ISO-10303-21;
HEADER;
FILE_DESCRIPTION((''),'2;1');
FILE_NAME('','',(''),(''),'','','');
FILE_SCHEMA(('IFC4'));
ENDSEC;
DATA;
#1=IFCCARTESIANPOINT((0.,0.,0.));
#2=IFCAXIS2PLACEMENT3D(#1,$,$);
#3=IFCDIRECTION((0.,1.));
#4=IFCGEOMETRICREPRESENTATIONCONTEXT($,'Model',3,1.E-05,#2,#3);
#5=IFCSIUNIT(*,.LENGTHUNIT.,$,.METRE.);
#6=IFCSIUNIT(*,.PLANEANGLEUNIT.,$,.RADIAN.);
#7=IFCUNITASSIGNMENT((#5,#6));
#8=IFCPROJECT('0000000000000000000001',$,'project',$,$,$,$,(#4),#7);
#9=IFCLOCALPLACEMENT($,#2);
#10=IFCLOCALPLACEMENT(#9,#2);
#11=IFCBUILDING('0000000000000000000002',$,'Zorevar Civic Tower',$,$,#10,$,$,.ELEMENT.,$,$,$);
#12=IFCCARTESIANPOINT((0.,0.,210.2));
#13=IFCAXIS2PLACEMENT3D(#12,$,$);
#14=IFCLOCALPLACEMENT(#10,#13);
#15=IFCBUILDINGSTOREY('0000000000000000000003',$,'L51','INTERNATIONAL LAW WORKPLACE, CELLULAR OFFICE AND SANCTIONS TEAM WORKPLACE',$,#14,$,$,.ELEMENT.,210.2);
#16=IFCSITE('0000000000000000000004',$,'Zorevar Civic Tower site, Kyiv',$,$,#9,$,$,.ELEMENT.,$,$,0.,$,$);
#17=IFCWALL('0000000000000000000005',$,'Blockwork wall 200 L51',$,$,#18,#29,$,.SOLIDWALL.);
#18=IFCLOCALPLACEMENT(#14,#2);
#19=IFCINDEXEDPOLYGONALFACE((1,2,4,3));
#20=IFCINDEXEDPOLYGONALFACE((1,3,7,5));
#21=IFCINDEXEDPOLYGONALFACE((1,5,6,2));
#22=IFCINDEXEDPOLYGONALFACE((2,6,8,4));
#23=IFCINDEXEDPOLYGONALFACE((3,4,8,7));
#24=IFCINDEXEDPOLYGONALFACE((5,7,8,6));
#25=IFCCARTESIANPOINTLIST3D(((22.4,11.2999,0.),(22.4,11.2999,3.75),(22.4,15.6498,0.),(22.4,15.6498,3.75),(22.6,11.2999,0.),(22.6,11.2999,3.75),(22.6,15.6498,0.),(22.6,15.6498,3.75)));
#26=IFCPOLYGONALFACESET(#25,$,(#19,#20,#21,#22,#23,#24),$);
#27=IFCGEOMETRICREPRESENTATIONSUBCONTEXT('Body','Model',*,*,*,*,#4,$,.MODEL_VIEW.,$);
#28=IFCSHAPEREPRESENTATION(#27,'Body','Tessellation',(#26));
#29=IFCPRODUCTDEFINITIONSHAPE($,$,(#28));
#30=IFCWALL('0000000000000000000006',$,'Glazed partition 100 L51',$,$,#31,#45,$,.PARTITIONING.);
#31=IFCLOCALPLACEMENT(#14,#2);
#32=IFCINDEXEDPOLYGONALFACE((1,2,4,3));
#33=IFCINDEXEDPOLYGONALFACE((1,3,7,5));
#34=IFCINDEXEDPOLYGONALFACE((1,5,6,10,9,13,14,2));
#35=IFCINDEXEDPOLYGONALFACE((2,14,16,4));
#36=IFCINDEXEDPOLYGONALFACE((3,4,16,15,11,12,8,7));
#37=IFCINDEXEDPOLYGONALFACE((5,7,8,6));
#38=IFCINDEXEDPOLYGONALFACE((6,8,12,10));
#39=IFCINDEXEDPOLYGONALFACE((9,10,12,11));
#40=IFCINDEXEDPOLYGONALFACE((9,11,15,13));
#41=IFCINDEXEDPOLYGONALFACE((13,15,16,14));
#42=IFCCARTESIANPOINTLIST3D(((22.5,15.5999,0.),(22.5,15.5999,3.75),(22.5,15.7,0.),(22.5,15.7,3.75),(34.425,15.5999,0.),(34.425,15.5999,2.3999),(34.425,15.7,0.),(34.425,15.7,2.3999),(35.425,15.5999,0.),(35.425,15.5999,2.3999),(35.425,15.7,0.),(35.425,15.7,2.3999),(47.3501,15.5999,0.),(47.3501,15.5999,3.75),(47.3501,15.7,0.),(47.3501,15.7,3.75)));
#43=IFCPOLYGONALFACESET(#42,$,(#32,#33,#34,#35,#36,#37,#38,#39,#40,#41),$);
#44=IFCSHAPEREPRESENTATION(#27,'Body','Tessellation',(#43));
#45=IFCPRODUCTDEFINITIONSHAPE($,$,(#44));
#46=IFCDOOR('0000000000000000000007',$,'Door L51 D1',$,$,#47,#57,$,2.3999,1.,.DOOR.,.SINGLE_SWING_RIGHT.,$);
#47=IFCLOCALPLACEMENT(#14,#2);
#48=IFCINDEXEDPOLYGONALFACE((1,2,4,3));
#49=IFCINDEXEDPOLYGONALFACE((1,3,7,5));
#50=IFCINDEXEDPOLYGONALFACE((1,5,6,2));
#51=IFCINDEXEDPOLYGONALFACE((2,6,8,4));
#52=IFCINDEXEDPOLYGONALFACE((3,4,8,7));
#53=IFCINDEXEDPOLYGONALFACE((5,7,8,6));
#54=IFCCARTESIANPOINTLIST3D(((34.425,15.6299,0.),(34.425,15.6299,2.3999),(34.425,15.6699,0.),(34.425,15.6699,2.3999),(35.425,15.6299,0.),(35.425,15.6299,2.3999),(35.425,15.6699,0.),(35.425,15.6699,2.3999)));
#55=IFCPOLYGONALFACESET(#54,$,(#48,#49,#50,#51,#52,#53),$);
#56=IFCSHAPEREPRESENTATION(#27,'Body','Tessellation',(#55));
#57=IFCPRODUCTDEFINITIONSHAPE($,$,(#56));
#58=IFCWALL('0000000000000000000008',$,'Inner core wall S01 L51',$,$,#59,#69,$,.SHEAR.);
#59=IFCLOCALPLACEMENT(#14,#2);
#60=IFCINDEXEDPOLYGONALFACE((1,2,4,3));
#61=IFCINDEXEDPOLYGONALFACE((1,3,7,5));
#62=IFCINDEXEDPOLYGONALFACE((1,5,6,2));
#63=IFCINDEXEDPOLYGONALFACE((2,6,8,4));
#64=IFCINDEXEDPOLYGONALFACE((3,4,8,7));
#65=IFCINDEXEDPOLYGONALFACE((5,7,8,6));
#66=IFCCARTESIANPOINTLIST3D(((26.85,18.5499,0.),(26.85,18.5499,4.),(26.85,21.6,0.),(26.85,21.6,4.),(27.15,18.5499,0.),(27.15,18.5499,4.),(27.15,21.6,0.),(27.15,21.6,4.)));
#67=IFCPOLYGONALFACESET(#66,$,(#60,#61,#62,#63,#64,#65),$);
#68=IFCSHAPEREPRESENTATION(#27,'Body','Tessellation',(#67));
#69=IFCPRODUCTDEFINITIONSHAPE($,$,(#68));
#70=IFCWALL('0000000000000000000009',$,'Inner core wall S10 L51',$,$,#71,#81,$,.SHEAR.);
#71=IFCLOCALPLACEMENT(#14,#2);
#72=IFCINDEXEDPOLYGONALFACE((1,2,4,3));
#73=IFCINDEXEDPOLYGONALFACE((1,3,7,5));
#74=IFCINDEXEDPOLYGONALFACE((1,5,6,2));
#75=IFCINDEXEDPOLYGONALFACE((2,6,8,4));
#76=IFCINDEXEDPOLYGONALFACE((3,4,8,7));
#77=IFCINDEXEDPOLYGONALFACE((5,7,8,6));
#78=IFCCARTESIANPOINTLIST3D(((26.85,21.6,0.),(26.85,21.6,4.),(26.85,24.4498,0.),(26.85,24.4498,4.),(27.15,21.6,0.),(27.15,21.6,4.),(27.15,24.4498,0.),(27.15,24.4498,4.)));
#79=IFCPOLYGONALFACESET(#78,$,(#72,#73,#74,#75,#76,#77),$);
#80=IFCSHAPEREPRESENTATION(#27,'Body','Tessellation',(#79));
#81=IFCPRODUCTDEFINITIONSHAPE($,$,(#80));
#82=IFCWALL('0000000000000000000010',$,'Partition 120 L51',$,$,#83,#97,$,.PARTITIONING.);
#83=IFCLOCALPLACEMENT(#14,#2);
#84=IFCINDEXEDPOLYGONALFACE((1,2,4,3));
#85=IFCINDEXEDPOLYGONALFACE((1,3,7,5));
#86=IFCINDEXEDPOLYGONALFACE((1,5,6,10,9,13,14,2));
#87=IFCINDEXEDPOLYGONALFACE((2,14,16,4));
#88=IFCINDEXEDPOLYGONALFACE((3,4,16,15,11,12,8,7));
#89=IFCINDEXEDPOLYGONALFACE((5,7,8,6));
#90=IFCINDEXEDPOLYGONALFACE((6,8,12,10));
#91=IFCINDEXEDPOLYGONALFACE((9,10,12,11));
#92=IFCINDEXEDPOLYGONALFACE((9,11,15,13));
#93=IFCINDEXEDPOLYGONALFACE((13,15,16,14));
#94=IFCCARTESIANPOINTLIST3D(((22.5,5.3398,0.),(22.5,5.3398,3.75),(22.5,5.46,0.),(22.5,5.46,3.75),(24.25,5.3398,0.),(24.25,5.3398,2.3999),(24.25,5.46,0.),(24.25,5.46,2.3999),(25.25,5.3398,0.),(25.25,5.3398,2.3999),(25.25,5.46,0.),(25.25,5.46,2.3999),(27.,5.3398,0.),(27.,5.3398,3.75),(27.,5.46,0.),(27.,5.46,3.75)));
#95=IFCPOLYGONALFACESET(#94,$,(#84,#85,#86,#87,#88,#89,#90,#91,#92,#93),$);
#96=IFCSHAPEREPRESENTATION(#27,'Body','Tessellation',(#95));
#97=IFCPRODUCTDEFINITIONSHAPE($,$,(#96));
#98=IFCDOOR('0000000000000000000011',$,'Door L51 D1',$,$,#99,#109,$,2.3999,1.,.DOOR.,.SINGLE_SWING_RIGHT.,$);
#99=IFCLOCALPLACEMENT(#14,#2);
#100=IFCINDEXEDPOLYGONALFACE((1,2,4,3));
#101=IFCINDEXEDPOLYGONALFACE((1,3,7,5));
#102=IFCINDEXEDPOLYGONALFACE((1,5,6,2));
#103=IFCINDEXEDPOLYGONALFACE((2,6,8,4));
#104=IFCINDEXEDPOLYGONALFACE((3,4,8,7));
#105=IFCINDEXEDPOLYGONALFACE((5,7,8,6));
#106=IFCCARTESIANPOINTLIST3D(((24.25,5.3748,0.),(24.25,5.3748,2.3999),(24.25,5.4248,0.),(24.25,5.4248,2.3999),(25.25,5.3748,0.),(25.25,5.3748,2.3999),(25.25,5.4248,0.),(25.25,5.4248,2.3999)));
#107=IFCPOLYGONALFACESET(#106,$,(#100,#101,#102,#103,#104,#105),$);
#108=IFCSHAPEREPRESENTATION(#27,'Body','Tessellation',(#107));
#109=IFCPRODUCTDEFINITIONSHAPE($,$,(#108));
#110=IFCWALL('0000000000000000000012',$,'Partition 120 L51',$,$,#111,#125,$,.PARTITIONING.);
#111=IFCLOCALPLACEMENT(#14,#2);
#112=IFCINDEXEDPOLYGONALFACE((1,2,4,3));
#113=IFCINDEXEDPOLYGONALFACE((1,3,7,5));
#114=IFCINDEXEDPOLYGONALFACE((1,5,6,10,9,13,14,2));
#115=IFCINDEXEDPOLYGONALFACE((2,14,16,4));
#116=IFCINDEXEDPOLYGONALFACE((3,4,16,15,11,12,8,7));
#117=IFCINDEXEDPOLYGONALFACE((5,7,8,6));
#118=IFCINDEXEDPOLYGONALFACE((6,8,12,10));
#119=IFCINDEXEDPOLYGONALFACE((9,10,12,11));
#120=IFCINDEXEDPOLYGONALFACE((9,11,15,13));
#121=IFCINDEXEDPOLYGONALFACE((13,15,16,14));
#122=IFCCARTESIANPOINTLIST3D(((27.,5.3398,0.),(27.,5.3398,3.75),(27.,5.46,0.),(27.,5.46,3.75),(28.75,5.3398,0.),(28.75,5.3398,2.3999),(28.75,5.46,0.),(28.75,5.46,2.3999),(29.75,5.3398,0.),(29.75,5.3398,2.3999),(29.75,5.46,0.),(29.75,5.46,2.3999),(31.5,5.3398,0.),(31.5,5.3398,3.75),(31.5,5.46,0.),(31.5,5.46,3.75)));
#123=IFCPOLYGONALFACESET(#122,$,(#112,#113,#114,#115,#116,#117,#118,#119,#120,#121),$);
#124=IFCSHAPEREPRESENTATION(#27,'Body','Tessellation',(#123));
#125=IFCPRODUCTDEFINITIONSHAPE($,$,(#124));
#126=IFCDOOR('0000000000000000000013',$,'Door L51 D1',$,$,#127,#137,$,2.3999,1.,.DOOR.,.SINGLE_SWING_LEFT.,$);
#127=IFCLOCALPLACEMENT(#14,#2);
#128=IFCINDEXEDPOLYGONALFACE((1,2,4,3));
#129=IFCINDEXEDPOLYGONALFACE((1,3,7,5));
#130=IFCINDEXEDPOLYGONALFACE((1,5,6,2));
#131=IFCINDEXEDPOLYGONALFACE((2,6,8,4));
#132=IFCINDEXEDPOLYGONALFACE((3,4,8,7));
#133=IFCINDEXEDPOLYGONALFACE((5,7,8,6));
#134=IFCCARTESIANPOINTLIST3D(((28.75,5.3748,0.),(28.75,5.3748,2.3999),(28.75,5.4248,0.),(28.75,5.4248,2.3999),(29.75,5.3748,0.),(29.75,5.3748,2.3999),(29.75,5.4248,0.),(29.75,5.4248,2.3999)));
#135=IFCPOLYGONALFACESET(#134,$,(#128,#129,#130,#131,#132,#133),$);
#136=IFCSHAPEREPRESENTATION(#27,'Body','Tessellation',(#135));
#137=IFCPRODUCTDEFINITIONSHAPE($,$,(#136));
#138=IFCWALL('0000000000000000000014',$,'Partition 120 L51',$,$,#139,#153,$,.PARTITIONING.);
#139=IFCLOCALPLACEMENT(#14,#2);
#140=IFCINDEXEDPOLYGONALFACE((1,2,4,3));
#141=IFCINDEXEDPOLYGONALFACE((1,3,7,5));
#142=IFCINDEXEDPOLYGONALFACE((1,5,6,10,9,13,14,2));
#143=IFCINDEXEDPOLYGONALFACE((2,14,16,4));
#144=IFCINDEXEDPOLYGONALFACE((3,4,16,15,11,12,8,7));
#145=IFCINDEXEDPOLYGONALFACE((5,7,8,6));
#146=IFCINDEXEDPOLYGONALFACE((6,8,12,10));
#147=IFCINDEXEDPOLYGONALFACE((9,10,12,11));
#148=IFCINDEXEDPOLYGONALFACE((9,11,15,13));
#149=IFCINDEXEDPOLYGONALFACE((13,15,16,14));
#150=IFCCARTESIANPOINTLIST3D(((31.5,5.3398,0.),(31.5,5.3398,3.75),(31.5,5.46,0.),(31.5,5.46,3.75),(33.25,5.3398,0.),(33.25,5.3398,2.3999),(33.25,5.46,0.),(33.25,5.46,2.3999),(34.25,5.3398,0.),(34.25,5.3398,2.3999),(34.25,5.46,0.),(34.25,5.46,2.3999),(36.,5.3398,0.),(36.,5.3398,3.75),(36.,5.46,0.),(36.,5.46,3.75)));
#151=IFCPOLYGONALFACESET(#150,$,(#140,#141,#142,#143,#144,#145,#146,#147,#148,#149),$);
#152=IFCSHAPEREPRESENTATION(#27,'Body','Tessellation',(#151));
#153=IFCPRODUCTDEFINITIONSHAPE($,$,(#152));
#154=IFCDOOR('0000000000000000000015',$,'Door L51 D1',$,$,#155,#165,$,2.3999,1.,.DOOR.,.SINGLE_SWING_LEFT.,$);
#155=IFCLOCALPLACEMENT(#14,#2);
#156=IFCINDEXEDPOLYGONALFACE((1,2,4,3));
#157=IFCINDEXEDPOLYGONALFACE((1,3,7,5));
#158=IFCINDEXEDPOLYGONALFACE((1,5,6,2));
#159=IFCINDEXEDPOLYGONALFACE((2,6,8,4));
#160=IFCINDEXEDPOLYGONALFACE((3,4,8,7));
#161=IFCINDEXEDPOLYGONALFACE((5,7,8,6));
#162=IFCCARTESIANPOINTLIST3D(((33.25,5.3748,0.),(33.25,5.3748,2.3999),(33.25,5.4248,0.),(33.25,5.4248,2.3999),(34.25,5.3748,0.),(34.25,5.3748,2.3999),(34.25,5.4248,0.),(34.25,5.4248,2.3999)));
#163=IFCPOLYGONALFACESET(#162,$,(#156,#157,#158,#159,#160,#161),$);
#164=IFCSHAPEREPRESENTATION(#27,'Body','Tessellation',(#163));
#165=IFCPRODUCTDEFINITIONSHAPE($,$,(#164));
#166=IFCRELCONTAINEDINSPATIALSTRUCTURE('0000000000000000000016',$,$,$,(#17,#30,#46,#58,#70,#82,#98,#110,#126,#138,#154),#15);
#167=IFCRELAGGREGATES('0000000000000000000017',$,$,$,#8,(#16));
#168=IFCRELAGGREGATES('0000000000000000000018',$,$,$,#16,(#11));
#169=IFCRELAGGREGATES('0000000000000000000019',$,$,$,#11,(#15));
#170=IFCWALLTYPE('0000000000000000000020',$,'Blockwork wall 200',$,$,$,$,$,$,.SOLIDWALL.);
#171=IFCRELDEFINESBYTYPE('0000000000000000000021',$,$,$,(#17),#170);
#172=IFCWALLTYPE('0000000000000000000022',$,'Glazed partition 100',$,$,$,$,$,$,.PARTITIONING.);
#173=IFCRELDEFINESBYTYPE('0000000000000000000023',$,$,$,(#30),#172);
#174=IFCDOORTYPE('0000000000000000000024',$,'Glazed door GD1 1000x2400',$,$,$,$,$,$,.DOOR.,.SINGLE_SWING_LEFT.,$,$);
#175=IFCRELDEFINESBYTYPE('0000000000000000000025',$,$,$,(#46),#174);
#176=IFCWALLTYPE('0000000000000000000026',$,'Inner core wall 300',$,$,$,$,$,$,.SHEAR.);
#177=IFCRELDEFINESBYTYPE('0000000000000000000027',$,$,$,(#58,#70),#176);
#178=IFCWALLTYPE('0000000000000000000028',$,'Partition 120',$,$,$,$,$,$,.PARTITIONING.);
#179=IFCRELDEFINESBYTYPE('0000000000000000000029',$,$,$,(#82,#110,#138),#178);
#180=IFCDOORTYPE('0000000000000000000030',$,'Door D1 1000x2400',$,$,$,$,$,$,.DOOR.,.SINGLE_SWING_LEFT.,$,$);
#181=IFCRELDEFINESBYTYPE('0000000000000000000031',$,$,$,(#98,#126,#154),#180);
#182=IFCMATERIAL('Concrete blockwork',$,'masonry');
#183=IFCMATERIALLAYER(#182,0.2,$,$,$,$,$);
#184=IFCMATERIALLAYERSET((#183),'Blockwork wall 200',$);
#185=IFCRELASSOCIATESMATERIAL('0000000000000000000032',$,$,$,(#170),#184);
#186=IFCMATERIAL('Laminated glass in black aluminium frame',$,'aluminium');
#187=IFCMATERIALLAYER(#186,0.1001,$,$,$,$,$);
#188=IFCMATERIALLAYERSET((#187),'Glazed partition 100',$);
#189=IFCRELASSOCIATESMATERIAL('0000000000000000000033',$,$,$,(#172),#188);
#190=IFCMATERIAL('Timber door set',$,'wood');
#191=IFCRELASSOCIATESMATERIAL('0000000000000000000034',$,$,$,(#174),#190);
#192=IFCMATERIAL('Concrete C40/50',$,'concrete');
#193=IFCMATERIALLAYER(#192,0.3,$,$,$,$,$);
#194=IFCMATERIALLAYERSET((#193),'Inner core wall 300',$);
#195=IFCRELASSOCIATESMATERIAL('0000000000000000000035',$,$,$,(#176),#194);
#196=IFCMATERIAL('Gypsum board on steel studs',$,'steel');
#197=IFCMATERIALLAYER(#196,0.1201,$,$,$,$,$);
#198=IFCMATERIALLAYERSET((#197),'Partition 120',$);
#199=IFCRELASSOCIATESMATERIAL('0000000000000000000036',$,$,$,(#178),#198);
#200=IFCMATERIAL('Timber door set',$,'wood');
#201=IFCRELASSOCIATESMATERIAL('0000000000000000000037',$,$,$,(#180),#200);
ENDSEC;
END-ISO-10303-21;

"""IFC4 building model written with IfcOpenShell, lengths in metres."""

from ifc_helpers import new_model, si_unit, direction, frame, frame_2d, origin, place, context, subcontext, project, spatial, rectangle, extrude, material, layer, layer_set, type_object, element, fill, save


model = new_model("IFC4")

# Units and contexts
model_context = context("Model", 3, precision=1e-05, world=origin(), true_north=direction((0.0, 1.0)))
body_context = subcontext(model_context, "Body", "Model", "MODEL_VIEW")
ifc_project = project(units=[si_unit("LENGTHUNIT", "METRE"), si_unit("PLANEANGLEUNIT", "RADIAN")], contexts=[model_context])

# Site, building, storey
site_placement = place(None, origin())
site = spatial("IfcSite", under=ifc_project, at=site_placement, Name="Zorevar Civic Tower site, Kyiv", CompositionType="ELEMENT", RefElevation=0.0)
building_placement = place(site_placement, origin())
building = spatial("IfcBuilding", under=site, at=building_placement, Name="Zorevar Civic Tower", CompositionType="ELEMENT")
storey_placement = place(building_placement, frame((0.0, 0.0, 210.2)))
storey = spatial("IfcBuildingStorey", under=building, at=storey_placement, Name="L51", Description="INTERNATIONAL LAW WORKPLACE, CELLULAR OFFICE AND SANCTIONS TEAM WORKPLACE", CompositionType="ELEMENT", Elevation=210.2)

# Wall
ifc_material_1 = material(Name="Concrete blockwork", Category="masonry")
ifc_layer_1 = layer(ifc_material_1, 0.2)
ifc_layer_set_1 = layer_set([ifc_layer_1], Name="Blockwork wall 200")
wall_type_1 = type_object("IfcWallType", Name="Blockwork wall 200", PredefinedType="SOLIDWALL", material=ifc_layer_set_1)
wall_1_placement = place(storey_placement, frame((22.5, 11.3, 0.0), z_axis=(0.0, 0.0, 1.0), x_axis=(0.0, 1.0, 0.0)))
element("IfcWall", 1, at=wall_1_placement, inside=storey, type_object=wall_type_1, Name="Blockwork wall 200 L51", PredefinedType="SOLIDWALL", context=body_context, shape_type="SweptSolid", body=[
    extrude(rectangle(XDim=4.3499, YDim=0.2, at=frame_2d((2.1748, 0.0))), origin(), (0.0, 0.0, 1.0), 3.75),
])

# Wall, opening, door
ifc_material_2 = material(Name="Laminated glass in black aluminium frame", Category="aluminium")
ifc_layer_2 = layer(ifc_material_2, 0.1001)
ifc_layer_set_2 = layer_set([ifc_layer_2], Name="Glazed partition 100")
wall_type_2 = type_object("IfcWallType", Name="Glazed partition 100", PredefinedType="PARTITIONING", material=ifc_layer_set_2)
wall_2_placement = place(storey_placement, frame((22.5, 15.6499, 0.0), z_axis=(0.0, 0.0, 1.0), x_axis=(1.0, 0.0, 0.0)))
wall_2 = element("IfcWall", 2, at=wall_2_placement, inside=storey, type_object=wall_type_2, Name="Glazed partition 100 L51", PredefinedType="PARTITIONING", context=body_context, shape_type="SweptSolid", body=[
    extrude(rectangle(XDim=24.8501, YDim=0.1001, at=frame_2d((12.425, 0.0))), origin(), (0.0, 0.0, 1.0), 3.75),
])
opening_1_placement = place(wall_2_placement, frame((11.925, 0.0, 0.0)))
opening_1 = element("IfcOpeningElement", 3, at=opening_1_placement, cuts=wall_2, PredefinedType="OPENING", context=body_context, shape_type="SweptSolid", body=[
    extrude(rectangle(XDim=1.0, YDim=2.3999, at=frame_2d((0.5, 1.2))), frame((0.0, 0.0601, 0.0), z_axis=(0.0, -1.0, 0.0), x_axis=(1.0, 0.0, 0.0)), (0.0, 0.0, 1.0), 0.1201),
])
ifc_material_3 = material(Name="Timber door set", Category="wood")
door_type_1 = type_object("IfcDoorType", Name="Glazed door GD1 1000x2400", OperationType="SINGLE_SWING_LEFT", PredefinedType="DOOR", material=ifc_material_3)
door_1_placement = place(opening_1_placement, origin())
door_1 = element("IfcDoor", 4, at=door_1_placement, inside=storey, type_object=door_type_1, Name="Door L51 D1", OperationType="SINGLE_SWING_RIGHT", OverallHeight=2.3999, OverallWidth=1.0, PredefinedType="DOOR", context=body_context, shape_type="SweptSolid", body=[
    extrude(rectangle(XDim=1.0, YDim=2.3999, at=frame_2d((0.5, 1.2))), frame((0.0, 0.02, 0.0), z_axis=(0.0, -1.0, 0.0), x_axis=(1.0, 0.0, 0.0)), (0.0, 0.0, 1.0), 0.04),
])
fill(opening_1, door_1)

# Walls
ifc_material_4 = material(Name="Concrete C40/50", Category="concrete")
ifc_layer_3 = layer(ifc_material_4, 0.3)
ifc_layer_set_3 = layer_set([ifc_layer_3], Name="Inner core wall 300")
wall_type_3 = type_object("IfcWallType", Name="Inner core wall 300", PredefinedType="SHEAR", material=ifc_layer_set_3)
wall_3_placement = place(storey_placement, frame((27.0, 18.55, 0.0), z_axis=(0.0, 0.0, 1.0), x_axis=(0.0, 1.0, 0.0)))
element("IfcWall", 5, at=wall_3_placement, inside=storey, type_object=wall_type_3, Name="Inner core wall S01 L51", PredefinedType="SHEAR", context=body_context, shape_type="SweptSolid", body=[
    extrude(rectangle(XDim=3.05, YDim=0.3, at=frame_2d((1.5249, 0.0))), origin(), (0.0, 0.0, 1.0), 4.0),
])
wall_4_placement = place(storey_placement, frame((27.0, 21.6001, 0.0), z_axis=(0.0, 0.0, 1.0), x_axis=(0.0, 1.0, 0.0)))
element("IfcWall", 6, at=wall_4_placement, inside=storey, type_object=wall_type_3, Name="Inner core wall S10 L51", PredefinedType="SHEAR", context=body_context, shape_type="SweptSolid", body=[
    extrude(rectangle(XDim=2.8499, YDim=0.3, at=frame_2d((1.4248, 0.0))), origin(), (0.0, 0.0, 1.0), 4.0),
])

# Walls, openings, doors
ifc_material_5 = material(Name="Gypsum board on steel studs", Category="steel")
ifc_layer_4 = layer(ifc_material_5, 0.1201)
ifc_layer_set_4 = layer_set([ifc_layer_4], Name="Partition 120")
wall_type_4 = type_object("IfcWallType", Name="Partition 120", PredefinedType="PARTITIONING", material=ifc_layer_set_4)
wall_5_placement = place(storey_placement, frame((22.5, 5.3999, 0.0), z_axis=(0.0, 0.0, 1.0), x_axis=(1.0, 0.0, 0.0)))
wall_5 = element("IfcWall", 7, at=wall_5_placement, inside=storey, type_object=wall_type_4, Name="Partition 120 L51", PredefinedType="PARTITIONING", context=body_context, shape_type="SweptSolid", body=[
    extrude(rectangle(XDim=4.5, YDim=0.1201, at=frame_2d((2.25, 0.0))), origin(), (0.0, 0.0, 1.0), 3.75),
])
opening_2_placement = place(wall_5_placement, frame((1.75, 0.0, 0.0)))
opening_2 = element("IfcOpeningElement", 8, at=opening_2_placement, cuts=wall_5, PredefinedType="OPENING", context=body_context, shape_type="SweptSolid", body=[
    extrude(rectangle(XDim=1.0, YDim=2.3999, at=frame_2d((0.5, 1.2))), frame((0.0, 0.0701, 0.0), z_axis=(0.0, -1.0, 0.0), x_axis=(1.0, 0.0, 0.0)), (0.0, 0.0, 1.0), 0.1401),
])
ifc_material_6 = material(Name="Timber door set", Category="wood")
door_type_2 = type_object("IfcDoorType", Name="Door D1 1000x2400", OperationType="SINGLE_SWING_LEFT", PredefinedType="DOOR", material=ifc_material_6)
door_2_placement = place(opening_2_placement, origin())
door_2 = element("IfcDoor", 9, at=door_2_placement, inside=storey, type_object=door_type_2, Name="Door L51 D1", OperationType="SINGLE_SWING_RIGHT", OverallHeight=2.3999, OverallWidth=1.0, PredefinedType="DOOR", context=body_context, shape_type="SweptSolid", body=[
    extrude(rectangle(XDim=1.0, YDim=2.3999, at=frame_2d((0.5, 1.2))), frame((0.0, 0.0249, 0.0), z_axis=(0.0, -1.0, 0.0), x_axis=(1.0, 0.0, 0.0)), (0.0, 0.0, 1.0), 0.05),
])
fill(opening_2, door_2)
wall_6_placement = place(storey_placement, frame((27.0, 5.3999, 0.0), z_axis=(0.0, 0.0, 1.0), x_axis=(1.0, 0.0, 0.0)))
wall_6 = element("IfcWall", 10, at=wall_6_placement, inside=storey, type_object=wall_type_4, Name="Partition 120 L51", PredefinedType="PARTITIONING", context=body_context, shape_type="SweptSolid", body=[
    extrude(rectangle(XDim=4.5, YDim=0.1201, at=frame_2d((2.25, 0.0))), origin(), (0.0, 0.0, 1.0), 3.75),
])
opening_3_placement = place(wall_6_placement, frame((1.75, 0.0, 0.0)))
opening_3 = element("IfcOpeningElement", 11, at=opening_3_placement, cuts=wall_6, PredefinedType="OPENING", context=body_context, shape_type="SweptSolid", body=[
    extrude(rectangle(XDim=1.0, YDim=2.3999, at=frame_2d((0.5, 1.2))), frame((0.0, 0.0701, 0.0), z_axis=(0.0, -1.0, 0.0), x_axis=(1.0, 0.0, 0.0)), (0.0, 0.0, 1.0), 0.1401),
])
door_3_placement = place(opening_3_placement, origin())
door_3 = element("IfcDoor", 12, at=door_3_placement, inside=storey, type_object=door_type_2, Name="Door L51 D1", OperationType="SINGLE_SWING_LEFT", OverallHeight=2.3999, OverallWidth=1.0, PredefinedType="DOOR", context=body_context, shape_type="SweptSolid", body=[
    extrude(rectangle(XDim=1.0, YDim=2.3999, at=frame_2d((0.5, 1.2))), frame((0.0, 0.0249, 0.0), z_axis=(0.0, -1.0, 0.0), x_axis=(1.0, 0.0, 0.0)), (0.0, 0.0, 1.0), 0.05),
])
fill(opening_3, door_3)
wall_7_placement = place(storey_placement, frame((31.5, 5.3999, 0.0), z_axis=(0.0, 0.0, 1.0), x_axis=(1.0, 0.0, 0.0)))
wall_7 = element("IfcWall", 13, at=wall_7_placement, inside=storey, type_object=wall_type_4, Name="Partition 120 L51", PredefinedType="PARTITIONING", context=body_context, shape_type="SweptSolid", body=[
    extrude(rectangle(XDim=4.5, YDim=0.1201, at=frame_2d((2.25, 0.0))), origin(), (0.0, 0.0, 1.0), 3.75),
])
opening_4_placement = place(wall_7_placement, frame((1.75, 0.0, 0.0)))
opening_4 = element("IfcOpeningElement", 14, at=opening_4_placement, cuts=wall_7, PredefinedType="OPENING", context=body_context, shape_type="SweptSolid", body=[
    extrude(rectangle(XDim=1.0, YDim=2.3999, at=frame_2d((0.5, 1.2))), frame((0.0, 0.0701, 0.0), z_axis=(0.0, -1.0, 0.0), x_axis=(1.0, 0.0, 0.0)), (0.0, 0.0, 1.0), 0.1401),
])
door_4_placement = place(opening_4_placement, origin())
door_4 = element("IfcDoor", 15, at=door_4_placement, inside=storey, type_object=door_type_2, Name="Door L51 D1", OperationType="SINGLE_SWING_LEFT", OverallHeight=2.3999, OverallWidth=1.0, PredefinedType="DOOR", context=body_context, shape_type="SweptSolid", body=[
    extrude(rectangle(XDim=1.0, YDim=2.3999, at=frame_2d((0.5, 1.2))), frame((0.0, 0.0249, 0.0), z_axis=(0.0, -1.0, 0.0), x_axis=(1.0, 0.0, 0.0)), (0.0, 0.0, 1.0), 0.05),
])
fill(opening_4, door_4)

save(model, "model.ifc")
